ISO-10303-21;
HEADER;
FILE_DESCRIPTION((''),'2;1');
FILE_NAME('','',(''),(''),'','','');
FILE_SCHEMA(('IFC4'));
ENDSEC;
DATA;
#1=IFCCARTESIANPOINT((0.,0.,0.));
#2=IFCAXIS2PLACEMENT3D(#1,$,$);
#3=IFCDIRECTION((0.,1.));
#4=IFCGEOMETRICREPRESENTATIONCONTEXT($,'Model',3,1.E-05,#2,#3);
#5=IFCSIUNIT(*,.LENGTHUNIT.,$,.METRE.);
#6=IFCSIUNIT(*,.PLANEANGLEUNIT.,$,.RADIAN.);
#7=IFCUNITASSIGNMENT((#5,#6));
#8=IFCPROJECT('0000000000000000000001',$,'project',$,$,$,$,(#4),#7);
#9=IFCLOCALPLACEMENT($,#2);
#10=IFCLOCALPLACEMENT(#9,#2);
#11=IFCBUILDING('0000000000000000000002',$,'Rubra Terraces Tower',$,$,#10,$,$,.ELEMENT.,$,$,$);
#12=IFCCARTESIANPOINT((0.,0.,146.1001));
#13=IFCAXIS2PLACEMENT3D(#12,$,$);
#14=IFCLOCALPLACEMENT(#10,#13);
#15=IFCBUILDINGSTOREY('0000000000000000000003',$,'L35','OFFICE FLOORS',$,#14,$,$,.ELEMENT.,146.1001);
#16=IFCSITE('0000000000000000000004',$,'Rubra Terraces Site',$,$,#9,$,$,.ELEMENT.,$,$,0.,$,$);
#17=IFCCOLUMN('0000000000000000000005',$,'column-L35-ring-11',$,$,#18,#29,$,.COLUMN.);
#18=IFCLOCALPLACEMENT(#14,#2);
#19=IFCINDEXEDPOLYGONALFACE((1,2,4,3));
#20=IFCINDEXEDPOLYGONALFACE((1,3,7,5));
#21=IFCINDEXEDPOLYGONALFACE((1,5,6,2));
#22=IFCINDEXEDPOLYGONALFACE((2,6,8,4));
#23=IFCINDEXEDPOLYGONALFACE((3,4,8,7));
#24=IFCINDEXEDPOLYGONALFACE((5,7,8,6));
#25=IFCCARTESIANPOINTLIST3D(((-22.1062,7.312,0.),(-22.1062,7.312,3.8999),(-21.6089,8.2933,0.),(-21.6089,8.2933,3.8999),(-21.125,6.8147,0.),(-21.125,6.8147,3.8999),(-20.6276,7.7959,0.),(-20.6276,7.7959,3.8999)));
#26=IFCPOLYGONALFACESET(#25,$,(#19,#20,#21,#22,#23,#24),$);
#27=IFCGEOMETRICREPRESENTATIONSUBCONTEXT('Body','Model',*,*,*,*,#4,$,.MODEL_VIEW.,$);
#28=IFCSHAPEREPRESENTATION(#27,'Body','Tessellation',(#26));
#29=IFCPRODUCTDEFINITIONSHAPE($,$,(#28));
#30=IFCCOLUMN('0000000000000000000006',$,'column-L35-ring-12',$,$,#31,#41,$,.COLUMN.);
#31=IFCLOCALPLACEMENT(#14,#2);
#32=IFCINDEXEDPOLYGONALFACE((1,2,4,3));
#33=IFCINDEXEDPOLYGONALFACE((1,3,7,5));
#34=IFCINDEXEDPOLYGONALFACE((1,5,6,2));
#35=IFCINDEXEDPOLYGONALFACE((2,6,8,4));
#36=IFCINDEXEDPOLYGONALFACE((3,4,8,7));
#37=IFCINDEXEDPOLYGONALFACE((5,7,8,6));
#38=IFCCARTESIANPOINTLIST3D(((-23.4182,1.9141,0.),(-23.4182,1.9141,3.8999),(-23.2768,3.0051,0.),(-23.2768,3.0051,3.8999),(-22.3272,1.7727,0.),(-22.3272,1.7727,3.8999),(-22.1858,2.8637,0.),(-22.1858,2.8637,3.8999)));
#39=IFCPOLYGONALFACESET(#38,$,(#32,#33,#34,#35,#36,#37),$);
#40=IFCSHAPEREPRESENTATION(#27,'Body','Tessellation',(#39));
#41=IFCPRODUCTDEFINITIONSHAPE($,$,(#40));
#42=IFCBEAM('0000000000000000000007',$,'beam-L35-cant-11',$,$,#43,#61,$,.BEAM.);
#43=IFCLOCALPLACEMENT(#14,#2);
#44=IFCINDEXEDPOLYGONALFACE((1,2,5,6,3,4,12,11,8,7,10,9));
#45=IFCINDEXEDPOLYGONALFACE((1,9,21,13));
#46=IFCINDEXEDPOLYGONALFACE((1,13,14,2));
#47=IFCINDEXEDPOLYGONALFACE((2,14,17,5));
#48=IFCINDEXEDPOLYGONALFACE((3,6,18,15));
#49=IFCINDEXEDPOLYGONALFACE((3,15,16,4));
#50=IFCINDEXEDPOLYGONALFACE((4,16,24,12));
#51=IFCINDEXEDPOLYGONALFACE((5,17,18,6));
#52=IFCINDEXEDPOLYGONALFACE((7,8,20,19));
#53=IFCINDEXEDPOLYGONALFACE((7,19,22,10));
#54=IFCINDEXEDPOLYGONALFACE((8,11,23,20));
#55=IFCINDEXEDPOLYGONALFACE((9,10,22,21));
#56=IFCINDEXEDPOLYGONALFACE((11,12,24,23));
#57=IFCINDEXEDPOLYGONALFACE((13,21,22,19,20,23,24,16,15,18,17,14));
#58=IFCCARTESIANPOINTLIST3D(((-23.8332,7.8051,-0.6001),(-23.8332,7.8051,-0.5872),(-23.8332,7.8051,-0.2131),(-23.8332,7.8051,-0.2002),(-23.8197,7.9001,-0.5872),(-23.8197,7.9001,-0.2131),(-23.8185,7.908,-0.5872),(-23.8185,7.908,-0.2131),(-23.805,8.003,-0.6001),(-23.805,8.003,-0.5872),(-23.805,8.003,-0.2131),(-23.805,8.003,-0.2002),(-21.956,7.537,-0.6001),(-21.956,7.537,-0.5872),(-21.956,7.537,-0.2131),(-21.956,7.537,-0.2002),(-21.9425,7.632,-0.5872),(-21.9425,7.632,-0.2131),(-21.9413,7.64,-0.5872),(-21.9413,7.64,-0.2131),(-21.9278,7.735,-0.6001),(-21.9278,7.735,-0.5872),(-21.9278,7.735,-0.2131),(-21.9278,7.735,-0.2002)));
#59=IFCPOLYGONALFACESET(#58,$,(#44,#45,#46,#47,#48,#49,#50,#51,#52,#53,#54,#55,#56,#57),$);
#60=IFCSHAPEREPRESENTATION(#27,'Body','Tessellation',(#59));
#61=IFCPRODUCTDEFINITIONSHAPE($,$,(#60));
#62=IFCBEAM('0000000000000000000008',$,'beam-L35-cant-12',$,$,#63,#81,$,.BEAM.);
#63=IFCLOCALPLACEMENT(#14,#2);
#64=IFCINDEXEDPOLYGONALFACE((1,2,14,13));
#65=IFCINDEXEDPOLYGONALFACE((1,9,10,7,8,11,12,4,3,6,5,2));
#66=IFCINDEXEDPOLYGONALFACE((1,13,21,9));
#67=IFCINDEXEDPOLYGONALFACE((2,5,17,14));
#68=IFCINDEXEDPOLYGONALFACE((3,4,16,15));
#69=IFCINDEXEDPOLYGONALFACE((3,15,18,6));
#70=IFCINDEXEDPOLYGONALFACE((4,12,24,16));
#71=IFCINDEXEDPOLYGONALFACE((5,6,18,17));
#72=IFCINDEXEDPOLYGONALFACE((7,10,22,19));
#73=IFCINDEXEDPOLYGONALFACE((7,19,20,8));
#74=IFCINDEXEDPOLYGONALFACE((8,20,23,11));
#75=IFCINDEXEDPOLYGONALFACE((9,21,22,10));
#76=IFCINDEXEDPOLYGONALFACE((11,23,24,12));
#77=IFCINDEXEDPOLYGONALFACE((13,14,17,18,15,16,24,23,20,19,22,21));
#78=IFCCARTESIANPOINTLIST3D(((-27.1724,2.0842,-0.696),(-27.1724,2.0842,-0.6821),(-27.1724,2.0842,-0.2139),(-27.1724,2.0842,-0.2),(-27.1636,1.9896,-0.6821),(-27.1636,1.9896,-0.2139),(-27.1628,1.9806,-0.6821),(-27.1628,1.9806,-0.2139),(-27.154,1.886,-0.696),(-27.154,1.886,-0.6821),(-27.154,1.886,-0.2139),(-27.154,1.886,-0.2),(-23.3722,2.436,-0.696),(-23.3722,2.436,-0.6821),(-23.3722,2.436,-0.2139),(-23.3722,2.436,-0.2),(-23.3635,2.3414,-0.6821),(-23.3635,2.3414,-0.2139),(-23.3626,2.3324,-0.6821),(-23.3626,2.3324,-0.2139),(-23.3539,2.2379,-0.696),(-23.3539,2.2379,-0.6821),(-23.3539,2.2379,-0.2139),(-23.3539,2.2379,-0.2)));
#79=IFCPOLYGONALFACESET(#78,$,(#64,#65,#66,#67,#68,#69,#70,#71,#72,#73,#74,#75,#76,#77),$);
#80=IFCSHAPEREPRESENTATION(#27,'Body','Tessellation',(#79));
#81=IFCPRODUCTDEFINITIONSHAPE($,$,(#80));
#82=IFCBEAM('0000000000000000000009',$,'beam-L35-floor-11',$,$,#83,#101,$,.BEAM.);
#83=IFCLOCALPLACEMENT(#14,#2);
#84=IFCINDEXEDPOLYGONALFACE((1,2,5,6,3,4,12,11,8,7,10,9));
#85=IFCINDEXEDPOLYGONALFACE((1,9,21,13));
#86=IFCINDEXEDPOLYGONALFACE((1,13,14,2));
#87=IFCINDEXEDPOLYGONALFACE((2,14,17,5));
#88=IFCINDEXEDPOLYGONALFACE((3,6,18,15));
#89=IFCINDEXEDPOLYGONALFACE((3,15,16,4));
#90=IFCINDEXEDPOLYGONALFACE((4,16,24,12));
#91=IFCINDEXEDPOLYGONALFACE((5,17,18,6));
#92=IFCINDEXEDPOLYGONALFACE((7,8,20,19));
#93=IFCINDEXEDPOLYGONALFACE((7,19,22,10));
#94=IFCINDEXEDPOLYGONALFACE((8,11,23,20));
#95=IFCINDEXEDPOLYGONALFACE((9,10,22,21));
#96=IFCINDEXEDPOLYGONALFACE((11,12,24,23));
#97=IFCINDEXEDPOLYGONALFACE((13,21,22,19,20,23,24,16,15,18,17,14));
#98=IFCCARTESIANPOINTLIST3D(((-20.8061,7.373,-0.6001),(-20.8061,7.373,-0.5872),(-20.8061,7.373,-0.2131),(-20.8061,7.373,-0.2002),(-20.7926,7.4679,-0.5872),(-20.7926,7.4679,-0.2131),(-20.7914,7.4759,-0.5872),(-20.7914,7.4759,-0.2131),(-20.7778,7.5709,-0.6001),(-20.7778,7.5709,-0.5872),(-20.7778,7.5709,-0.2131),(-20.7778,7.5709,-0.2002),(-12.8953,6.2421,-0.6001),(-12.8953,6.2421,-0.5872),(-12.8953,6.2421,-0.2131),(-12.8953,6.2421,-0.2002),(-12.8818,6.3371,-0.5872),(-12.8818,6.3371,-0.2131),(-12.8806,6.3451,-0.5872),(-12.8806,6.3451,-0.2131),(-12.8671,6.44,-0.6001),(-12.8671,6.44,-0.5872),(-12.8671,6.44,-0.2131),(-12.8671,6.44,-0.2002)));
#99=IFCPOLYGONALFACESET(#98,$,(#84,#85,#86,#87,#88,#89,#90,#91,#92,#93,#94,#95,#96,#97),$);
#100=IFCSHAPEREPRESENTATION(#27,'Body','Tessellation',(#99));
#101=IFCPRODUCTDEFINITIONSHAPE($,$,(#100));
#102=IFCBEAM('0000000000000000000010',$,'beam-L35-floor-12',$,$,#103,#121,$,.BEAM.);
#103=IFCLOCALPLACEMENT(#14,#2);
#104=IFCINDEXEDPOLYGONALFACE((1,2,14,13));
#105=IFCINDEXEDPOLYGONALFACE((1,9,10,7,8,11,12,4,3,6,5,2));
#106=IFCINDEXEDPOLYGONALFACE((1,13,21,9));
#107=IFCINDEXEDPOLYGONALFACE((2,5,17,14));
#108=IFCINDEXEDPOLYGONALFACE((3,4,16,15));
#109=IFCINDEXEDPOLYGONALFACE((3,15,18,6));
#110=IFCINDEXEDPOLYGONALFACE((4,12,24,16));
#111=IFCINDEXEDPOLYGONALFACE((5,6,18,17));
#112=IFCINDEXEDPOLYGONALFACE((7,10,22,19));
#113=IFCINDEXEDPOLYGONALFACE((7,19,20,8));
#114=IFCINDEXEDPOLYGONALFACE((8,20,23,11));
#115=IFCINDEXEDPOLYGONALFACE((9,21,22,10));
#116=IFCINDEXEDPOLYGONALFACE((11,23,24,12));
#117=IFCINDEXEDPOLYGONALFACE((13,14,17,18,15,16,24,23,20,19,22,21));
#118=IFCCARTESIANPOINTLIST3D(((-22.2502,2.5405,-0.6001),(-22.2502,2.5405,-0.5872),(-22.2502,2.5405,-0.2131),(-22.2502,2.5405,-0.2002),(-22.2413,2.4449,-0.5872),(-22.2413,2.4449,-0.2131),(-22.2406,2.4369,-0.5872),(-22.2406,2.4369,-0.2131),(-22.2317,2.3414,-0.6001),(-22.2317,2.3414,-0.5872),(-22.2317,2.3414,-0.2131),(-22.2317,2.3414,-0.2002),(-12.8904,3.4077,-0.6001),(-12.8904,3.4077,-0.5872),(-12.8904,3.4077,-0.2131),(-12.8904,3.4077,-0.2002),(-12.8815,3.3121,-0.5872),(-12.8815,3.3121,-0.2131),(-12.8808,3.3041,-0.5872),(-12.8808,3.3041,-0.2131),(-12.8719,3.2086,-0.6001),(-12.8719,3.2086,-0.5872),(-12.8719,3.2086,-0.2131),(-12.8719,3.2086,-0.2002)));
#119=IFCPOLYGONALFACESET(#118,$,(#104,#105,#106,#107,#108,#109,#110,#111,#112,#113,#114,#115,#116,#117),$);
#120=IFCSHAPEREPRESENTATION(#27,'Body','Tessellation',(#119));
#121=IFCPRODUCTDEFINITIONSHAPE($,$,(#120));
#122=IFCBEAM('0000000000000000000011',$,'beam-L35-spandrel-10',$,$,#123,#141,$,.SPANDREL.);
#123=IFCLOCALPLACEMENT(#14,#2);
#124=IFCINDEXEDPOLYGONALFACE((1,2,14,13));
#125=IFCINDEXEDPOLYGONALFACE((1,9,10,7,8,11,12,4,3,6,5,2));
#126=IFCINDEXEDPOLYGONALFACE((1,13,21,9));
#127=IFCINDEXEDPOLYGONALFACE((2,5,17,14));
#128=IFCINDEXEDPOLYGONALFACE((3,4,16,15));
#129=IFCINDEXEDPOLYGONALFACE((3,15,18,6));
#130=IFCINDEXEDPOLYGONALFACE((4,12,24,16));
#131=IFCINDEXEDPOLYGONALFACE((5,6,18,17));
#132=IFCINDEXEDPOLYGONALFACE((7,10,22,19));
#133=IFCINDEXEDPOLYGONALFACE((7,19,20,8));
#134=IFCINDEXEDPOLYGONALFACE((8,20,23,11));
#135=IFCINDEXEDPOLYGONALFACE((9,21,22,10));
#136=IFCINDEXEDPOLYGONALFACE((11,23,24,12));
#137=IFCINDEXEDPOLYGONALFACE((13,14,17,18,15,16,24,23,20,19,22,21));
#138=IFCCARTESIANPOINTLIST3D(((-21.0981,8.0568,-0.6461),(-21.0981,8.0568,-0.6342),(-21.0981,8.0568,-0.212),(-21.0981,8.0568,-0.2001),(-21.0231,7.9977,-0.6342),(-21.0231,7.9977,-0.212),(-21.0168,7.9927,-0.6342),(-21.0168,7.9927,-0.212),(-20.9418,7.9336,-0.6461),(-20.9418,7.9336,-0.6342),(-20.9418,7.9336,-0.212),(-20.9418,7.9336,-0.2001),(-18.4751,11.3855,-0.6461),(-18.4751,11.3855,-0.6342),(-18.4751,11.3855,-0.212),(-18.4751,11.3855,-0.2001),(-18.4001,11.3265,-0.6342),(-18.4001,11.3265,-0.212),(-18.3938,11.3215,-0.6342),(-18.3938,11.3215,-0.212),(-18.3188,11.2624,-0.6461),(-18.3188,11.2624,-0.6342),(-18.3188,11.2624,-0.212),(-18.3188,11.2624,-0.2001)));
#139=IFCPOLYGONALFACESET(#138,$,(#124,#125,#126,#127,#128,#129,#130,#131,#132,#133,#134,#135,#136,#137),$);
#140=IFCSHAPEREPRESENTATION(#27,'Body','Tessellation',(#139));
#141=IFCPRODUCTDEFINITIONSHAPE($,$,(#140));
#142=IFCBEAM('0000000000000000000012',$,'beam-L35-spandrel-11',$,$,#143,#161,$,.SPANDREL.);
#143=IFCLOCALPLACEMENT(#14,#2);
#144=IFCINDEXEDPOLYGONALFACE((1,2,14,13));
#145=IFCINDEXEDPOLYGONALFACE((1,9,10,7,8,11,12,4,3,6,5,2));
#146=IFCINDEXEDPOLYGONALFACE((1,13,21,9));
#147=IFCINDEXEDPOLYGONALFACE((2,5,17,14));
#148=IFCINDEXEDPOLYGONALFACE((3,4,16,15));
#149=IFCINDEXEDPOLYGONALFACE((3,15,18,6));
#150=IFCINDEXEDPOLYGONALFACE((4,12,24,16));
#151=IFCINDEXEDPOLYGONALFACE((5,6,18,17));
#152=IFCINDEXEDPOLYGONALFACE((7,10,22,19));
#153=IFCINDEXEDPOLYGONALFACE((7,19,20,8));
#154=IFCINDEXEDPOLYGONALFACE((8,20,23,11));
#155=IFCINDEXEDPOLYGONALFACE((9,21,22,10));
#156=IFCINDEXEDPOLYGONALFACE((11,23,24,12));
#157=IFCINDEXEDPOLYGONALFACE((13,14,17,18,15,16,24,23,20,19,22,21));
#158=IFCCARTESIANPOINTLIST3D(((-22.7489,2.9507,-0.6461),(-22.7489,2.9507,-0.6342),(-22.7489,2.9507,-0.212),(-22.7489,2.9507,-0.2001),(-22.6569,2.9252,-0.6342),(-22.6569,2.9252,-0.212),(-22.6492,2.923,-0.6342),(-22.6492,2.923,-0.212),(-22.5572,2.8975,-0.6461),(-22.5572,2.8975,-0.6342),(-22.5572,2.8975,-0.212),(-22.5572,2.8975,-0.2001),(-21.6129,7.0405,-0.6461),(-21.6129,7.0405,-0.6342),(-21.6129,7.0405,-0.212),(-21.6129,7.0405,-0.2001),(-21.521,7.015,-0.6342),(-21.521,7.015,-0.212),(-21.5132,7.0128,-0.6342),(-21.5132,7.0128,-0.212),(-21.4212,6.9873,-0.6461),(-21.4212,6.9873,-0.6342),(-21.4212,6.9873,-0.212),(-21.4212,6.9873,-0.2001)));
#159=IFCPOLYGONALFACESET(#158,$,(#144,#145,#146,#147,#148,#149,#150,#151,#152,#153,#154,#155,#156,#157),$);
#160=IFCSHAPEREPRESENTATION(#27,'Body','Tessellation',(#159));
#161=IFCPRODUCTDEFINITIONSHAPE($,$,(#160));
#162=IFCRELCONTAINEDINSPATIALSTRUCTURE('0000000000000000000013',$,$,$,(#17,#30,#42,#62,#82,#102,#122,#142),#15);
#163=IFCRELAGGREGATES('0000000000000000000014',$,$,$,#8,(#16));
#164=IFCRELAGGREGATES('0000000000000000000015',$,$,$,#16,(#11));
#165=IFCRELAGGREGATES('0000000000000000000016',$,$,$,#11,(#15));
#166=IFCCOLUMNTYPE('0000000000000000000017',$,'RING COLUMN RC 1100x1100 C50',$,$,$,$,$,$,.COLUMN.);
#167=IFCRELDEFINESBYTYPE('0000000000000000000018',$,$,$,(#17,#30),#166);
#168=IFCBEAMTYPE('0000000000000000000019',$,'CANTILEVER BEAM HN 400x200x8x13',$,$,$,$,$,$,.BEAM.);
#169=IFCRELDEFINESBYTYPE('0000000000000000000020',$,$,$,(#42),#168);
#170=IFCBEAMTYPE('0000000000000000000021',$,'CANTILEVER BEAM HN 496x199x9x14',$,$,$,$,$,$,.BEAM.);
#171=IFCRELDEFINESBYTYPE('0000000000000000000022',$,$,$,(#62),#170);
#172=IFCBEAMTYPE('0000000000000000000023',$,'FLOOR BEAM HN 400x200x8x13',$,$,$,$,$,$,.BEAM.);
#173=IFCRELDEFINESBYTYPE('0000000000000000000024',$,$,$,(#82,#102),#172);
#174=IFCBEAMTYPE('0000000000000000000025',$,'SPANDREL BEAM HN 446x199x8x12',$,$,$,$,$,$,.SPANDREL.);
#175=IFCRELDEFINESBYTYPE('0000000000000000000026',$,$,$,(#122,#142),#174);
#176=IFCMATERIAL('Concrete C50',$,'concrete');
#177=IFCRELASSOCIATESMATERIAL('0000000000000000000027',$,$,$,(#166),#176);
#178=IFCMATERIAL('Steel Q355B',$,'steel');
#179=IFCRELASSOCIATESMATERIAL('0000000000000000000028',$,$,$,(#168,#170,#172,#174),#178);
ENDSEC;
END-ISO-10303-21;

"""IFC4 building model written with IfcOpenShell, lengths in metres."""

from ifc_helpers import new_model, si_unit, direction, frame, origin, origin_2d, place, context, subcontext, project, spatial, rectangle, i_section, extrude, material, material_profile, profile_set, type_object, element, save


model = new_model("IFC4")

# Units and contexts
model_context = context("Model", 3, precision=1e-05, world=origin(), true_north=direction((0.0, 1.0)))
body_context = subcontext(model_context, "Body", "Model", "MODEL_VIEW")
ifc_project = project(units=[si_unit("LENGTHUNIT", "METRE"), si_unit("PLANEANGLEUNIT", "RADIAN")], contexts=[model_context])

# Site, building, storey
site_placement = place(None, origin())
site = spatial("IfcSite", under=ifc_project, at=site_placement, Name="Rubra Terraces Site", CompositionType="ELEMENT", RefElevation=0.0)
building_placement = place(site_placement, origin())
building = spatial("IfcBuilding", under=site, at=building_placement, Name="Rubra Terraces Tower", CompositionType="ELEMENT")
storey_placement = place(building_placement, frame((0.0, 0.0, 146.1001)))
storey = spatial("IfcBuildingStorey", under=building, at=storey_placement, Name="L35", Description="OFFICE FLOORS", CompositionType="ELEMENT", Elevation=146.1001)

# Columns
ifc_material_1 = material(Name="Concrete C50", Category="concrete")
ifc_material_profile_1 = material_profile(ifc_material_1, rectangle(XDim=1.1001, YDim=1.1001, at=origin_2d()), Name="RC 1100x1100")
ifc_profile_set_1 = profile_set([ifc_material_profile_1], Name="Concrete C50")
column_type = type_object("IfcColumnType", Name="RING COLUMN RC 1100x1100 C50", PredefinedType="COLUMN", material=ifc_profile_set_1)
for number, where, z_axis, x_axis, name in (
    (1, (-21.3669, 7.554, 0.0), (0.0, 0.0, 1.0), (-0.452079, -0.891978, 0.0), "column-L35-ring-11"),
    (2, (-22.802, 2.3889, 0.0), (0.0, 0.0, 1.0), (-0.128535, -0.991705, 0.0), "column-L35-ring-12"),
):
    element("IfcColumn", number, at=place(storey_placement, frame(where, z_axis=z_axis, x_axis=x_axis)), inside=storey, type_object=column_type, Name=name, PredefinedType="COLUMN", context=body_context, shape_type="SweptSolid", body=[
        extrude(rectangle(XDim=1.1001, YDim=1.1001, at=origin_2d()), origin(), (0.0, 0.0, 1.0), 3.8999),
    ])

# Beams
ifc_material_2 = material(Name="Steel Q355B", Category="steel")
ifc_material_profile_2 = material_profile(ifc_material_2, i_section(OverallWidth=0.2, OverallDepth=0.3999, WebThickness=0.0081, FlangeThickness=0.0129, at=origin_2d()), Name="HN 400x200x8x13")
ifc_profile_set_2 = profile_set([ifc_material_profile_2], Name="Steel Q355B")
beam_type_1 = type_object("IfcBeamType", Name="CANTILEVER BEAM HN 400x200x8x13", PredefinedType="BEAM", material=ifc_profile_set_2)
beam_1_placement = place(storey_placement, frame((-21.9419, 7.636, -0.4001), z_axis=(-0.989957, 0.141367, 0.0), x_axis=(-0.141367, -0.989957, 0.0)))
element("IfcBeam", 3, at=beam_1_placement, inside=storey, type_object=beam_type_1, Name="beam-L35-cant-11", PredefinedType="BEAM", context=body_context, shape_type="SweptSolid", body=[
    extrude(i_section(OverallWidth=0.2, OverallDepth=0.3999, WebThickness=0.0081, FlangeThickness=0.0129, at=origin_2d()), origin(), (0.0, 0.0, 1.0), 1.8962),
])
ifc_material_profile_3 = material_profile(ifc_material_2, i_section(OverallWidth=0.199, OverallDepth=0.4961, WebThickness=0.009, FlangeThickness=0.0139, at=origin_2d()), Name="HN 496x199x9x14")
ifc_profile_set_3 = profile_set([ifc_material_profile_3], Name="Steel Q355B")
beam_type_2 = type_object("IfcBeamType", Name="CANTILEVER BEAM HN 496x199x9x14", PredefinedType="BEAM", material=ifc_profile_set_3)
beam_2_placement = place(storey_placement, frame((-23.363, 2.3369, -0.448), z_axis=(-0.995742, -0.092185, 0.0), x_axis=(0.092185, -0.995742, 0.0)))
element("IfcBeam", 4, at=beam_2_placement, inside=storey, type_object=beam_type_2, Name="beam-L35-cant-12", PredefinedType="BEAM", context=body_context, shape_type="SweptSolid", body=[
    extrude(i_section(OverallWidth=0.199, OverallDepth=0.4961, WebThickness=0.009, FlangeThickness=0.0139, at=origin_2d()), origin(), (0.0, 0.0, 1.0), 3.8164),
])
ifc_material_profile_4 = material_profile(ifc_material_2, i_section(OverallWidth=0.2, OverallDepth=0.3999, WebThickness=0.0081, FlangeThickness=0.0129, at=origin_2d()), Name="HN 400x200x8x13")
ifc_profile_set_4 = profile_set([ifc_material_profile_4], Name="Steel Q355B")
beam_type_3 = type_object("IfcBeamType", Name="FLOOR BEAM HN 400x200x8x13", PredefinedType="BEAM", material=ifc_profile_set_4)
beam_3_placement = place(storey_placement, frame((-20.792, 7.4719, -0.4001), z_axis=(0.989937, -0.141511, 0.0), x_axis=(0.141511, 0.989937, 0.0)))
element("IfcBeam", 5, at=beam_3_placement, inside=storey, type_object=beam_type_3, Name="beam-L35-floor-11", PredefinedType="BEAM", context=body_context, shape_type="SweptSolid", body=[
    extrude(i_section(OverallWidth=0.2, OverallDepth=0.3999, WebThickness=0.0081, FlangeThickness=0.0129, at=origin_2d()), origin(), (0.0, 0.0, 1.0), 7.9912),
])
beam_4_placement = place(storey_placement, frame((-22.241, 2.4409, -0.4001), z_axis=(0.995735, 0.092254, 0.0), x_axis=(-0.092254, 0.995735, 0.0)))
element("IfcBeam", 6, at=beam_4_placement, inside=storey, type_object=beam_type_3, Name="beam-L35-floor-12", PredefinedType="BEAM", context=body_context, shape_type="SweptSolid", body=[
    extrude(i_section(OverallWidth=0.2, OverallDepth=0.3999, WebThickness=0.0081, FlangeThickness=0.0129, at=origin_2d()), origin(), (0.0, 0.0, 1.0), 9.3999),
])
ifc_material_profile_5 = material_profile(ifc_material_2, i_section(OverallWidth=0.199, OverallDepth=0.446, WebThickness=0.0081, FlangeThickness=0.012, at=origin_2d()), Name="HN 446x199x8x12")
ifc_profile_set_5 = profile_set([ifc_material_profile_5], Name="Steel Q355B")
beam_type_4 = type_object("IfcBeamType", Name="SPANDREL BEAM HN 446x199x8x12", PredefinedType="SPANDREL", material=ifc_profile_set_5)
beam_5_placement = place(storey_placement, frame((-18.397, 11.324, -0.4231), z_axis=(-0.618917, -0.785456, 0.0), x_axis=(0.785456, -0.618917, 0.0)))
element("IfcBeam", 7, at=beam_5_placement, inside=storey, type_object=beam_type_4, Name="beam-L35-spandrel-10", PredefinedType="SPANDREL", context=body_context, shape_type="SweptSolid", body=[
    extrude(i_section(OverallWidth=0.199, OverallDepth=0.446, WebThickness=0.0081, FlangeThickness=0.012, at=origin_2d()), origin(), (0.0, 0.0, 1.0), 4.238),
])
beam_6_placement = place(storey_placement, frame((-21.5171, 7.0139, -0.4231), z_axis=(-0.267626, -0.963523, 0.0), x_axis=(0.963523, -0.267626, 0.0)))
element("IfcBeam", 8, at=beam_6_placement, inside=storey, type_object=beam_type_4, Name="beam-L35-spandrel-11", PredefinedType="SPANDREL", context=body_context, shape_type="SweptSolid", body=[
    extrude(i_section(OverallWidth=0.199, OverallDepth=0.446, WebThickness=0.0081, FlangeThickness=0.012, at=origin_2d()), origin(), (0.0, 0.0, 1.0), 4.2446),
])

save(model, "model.ifc")
